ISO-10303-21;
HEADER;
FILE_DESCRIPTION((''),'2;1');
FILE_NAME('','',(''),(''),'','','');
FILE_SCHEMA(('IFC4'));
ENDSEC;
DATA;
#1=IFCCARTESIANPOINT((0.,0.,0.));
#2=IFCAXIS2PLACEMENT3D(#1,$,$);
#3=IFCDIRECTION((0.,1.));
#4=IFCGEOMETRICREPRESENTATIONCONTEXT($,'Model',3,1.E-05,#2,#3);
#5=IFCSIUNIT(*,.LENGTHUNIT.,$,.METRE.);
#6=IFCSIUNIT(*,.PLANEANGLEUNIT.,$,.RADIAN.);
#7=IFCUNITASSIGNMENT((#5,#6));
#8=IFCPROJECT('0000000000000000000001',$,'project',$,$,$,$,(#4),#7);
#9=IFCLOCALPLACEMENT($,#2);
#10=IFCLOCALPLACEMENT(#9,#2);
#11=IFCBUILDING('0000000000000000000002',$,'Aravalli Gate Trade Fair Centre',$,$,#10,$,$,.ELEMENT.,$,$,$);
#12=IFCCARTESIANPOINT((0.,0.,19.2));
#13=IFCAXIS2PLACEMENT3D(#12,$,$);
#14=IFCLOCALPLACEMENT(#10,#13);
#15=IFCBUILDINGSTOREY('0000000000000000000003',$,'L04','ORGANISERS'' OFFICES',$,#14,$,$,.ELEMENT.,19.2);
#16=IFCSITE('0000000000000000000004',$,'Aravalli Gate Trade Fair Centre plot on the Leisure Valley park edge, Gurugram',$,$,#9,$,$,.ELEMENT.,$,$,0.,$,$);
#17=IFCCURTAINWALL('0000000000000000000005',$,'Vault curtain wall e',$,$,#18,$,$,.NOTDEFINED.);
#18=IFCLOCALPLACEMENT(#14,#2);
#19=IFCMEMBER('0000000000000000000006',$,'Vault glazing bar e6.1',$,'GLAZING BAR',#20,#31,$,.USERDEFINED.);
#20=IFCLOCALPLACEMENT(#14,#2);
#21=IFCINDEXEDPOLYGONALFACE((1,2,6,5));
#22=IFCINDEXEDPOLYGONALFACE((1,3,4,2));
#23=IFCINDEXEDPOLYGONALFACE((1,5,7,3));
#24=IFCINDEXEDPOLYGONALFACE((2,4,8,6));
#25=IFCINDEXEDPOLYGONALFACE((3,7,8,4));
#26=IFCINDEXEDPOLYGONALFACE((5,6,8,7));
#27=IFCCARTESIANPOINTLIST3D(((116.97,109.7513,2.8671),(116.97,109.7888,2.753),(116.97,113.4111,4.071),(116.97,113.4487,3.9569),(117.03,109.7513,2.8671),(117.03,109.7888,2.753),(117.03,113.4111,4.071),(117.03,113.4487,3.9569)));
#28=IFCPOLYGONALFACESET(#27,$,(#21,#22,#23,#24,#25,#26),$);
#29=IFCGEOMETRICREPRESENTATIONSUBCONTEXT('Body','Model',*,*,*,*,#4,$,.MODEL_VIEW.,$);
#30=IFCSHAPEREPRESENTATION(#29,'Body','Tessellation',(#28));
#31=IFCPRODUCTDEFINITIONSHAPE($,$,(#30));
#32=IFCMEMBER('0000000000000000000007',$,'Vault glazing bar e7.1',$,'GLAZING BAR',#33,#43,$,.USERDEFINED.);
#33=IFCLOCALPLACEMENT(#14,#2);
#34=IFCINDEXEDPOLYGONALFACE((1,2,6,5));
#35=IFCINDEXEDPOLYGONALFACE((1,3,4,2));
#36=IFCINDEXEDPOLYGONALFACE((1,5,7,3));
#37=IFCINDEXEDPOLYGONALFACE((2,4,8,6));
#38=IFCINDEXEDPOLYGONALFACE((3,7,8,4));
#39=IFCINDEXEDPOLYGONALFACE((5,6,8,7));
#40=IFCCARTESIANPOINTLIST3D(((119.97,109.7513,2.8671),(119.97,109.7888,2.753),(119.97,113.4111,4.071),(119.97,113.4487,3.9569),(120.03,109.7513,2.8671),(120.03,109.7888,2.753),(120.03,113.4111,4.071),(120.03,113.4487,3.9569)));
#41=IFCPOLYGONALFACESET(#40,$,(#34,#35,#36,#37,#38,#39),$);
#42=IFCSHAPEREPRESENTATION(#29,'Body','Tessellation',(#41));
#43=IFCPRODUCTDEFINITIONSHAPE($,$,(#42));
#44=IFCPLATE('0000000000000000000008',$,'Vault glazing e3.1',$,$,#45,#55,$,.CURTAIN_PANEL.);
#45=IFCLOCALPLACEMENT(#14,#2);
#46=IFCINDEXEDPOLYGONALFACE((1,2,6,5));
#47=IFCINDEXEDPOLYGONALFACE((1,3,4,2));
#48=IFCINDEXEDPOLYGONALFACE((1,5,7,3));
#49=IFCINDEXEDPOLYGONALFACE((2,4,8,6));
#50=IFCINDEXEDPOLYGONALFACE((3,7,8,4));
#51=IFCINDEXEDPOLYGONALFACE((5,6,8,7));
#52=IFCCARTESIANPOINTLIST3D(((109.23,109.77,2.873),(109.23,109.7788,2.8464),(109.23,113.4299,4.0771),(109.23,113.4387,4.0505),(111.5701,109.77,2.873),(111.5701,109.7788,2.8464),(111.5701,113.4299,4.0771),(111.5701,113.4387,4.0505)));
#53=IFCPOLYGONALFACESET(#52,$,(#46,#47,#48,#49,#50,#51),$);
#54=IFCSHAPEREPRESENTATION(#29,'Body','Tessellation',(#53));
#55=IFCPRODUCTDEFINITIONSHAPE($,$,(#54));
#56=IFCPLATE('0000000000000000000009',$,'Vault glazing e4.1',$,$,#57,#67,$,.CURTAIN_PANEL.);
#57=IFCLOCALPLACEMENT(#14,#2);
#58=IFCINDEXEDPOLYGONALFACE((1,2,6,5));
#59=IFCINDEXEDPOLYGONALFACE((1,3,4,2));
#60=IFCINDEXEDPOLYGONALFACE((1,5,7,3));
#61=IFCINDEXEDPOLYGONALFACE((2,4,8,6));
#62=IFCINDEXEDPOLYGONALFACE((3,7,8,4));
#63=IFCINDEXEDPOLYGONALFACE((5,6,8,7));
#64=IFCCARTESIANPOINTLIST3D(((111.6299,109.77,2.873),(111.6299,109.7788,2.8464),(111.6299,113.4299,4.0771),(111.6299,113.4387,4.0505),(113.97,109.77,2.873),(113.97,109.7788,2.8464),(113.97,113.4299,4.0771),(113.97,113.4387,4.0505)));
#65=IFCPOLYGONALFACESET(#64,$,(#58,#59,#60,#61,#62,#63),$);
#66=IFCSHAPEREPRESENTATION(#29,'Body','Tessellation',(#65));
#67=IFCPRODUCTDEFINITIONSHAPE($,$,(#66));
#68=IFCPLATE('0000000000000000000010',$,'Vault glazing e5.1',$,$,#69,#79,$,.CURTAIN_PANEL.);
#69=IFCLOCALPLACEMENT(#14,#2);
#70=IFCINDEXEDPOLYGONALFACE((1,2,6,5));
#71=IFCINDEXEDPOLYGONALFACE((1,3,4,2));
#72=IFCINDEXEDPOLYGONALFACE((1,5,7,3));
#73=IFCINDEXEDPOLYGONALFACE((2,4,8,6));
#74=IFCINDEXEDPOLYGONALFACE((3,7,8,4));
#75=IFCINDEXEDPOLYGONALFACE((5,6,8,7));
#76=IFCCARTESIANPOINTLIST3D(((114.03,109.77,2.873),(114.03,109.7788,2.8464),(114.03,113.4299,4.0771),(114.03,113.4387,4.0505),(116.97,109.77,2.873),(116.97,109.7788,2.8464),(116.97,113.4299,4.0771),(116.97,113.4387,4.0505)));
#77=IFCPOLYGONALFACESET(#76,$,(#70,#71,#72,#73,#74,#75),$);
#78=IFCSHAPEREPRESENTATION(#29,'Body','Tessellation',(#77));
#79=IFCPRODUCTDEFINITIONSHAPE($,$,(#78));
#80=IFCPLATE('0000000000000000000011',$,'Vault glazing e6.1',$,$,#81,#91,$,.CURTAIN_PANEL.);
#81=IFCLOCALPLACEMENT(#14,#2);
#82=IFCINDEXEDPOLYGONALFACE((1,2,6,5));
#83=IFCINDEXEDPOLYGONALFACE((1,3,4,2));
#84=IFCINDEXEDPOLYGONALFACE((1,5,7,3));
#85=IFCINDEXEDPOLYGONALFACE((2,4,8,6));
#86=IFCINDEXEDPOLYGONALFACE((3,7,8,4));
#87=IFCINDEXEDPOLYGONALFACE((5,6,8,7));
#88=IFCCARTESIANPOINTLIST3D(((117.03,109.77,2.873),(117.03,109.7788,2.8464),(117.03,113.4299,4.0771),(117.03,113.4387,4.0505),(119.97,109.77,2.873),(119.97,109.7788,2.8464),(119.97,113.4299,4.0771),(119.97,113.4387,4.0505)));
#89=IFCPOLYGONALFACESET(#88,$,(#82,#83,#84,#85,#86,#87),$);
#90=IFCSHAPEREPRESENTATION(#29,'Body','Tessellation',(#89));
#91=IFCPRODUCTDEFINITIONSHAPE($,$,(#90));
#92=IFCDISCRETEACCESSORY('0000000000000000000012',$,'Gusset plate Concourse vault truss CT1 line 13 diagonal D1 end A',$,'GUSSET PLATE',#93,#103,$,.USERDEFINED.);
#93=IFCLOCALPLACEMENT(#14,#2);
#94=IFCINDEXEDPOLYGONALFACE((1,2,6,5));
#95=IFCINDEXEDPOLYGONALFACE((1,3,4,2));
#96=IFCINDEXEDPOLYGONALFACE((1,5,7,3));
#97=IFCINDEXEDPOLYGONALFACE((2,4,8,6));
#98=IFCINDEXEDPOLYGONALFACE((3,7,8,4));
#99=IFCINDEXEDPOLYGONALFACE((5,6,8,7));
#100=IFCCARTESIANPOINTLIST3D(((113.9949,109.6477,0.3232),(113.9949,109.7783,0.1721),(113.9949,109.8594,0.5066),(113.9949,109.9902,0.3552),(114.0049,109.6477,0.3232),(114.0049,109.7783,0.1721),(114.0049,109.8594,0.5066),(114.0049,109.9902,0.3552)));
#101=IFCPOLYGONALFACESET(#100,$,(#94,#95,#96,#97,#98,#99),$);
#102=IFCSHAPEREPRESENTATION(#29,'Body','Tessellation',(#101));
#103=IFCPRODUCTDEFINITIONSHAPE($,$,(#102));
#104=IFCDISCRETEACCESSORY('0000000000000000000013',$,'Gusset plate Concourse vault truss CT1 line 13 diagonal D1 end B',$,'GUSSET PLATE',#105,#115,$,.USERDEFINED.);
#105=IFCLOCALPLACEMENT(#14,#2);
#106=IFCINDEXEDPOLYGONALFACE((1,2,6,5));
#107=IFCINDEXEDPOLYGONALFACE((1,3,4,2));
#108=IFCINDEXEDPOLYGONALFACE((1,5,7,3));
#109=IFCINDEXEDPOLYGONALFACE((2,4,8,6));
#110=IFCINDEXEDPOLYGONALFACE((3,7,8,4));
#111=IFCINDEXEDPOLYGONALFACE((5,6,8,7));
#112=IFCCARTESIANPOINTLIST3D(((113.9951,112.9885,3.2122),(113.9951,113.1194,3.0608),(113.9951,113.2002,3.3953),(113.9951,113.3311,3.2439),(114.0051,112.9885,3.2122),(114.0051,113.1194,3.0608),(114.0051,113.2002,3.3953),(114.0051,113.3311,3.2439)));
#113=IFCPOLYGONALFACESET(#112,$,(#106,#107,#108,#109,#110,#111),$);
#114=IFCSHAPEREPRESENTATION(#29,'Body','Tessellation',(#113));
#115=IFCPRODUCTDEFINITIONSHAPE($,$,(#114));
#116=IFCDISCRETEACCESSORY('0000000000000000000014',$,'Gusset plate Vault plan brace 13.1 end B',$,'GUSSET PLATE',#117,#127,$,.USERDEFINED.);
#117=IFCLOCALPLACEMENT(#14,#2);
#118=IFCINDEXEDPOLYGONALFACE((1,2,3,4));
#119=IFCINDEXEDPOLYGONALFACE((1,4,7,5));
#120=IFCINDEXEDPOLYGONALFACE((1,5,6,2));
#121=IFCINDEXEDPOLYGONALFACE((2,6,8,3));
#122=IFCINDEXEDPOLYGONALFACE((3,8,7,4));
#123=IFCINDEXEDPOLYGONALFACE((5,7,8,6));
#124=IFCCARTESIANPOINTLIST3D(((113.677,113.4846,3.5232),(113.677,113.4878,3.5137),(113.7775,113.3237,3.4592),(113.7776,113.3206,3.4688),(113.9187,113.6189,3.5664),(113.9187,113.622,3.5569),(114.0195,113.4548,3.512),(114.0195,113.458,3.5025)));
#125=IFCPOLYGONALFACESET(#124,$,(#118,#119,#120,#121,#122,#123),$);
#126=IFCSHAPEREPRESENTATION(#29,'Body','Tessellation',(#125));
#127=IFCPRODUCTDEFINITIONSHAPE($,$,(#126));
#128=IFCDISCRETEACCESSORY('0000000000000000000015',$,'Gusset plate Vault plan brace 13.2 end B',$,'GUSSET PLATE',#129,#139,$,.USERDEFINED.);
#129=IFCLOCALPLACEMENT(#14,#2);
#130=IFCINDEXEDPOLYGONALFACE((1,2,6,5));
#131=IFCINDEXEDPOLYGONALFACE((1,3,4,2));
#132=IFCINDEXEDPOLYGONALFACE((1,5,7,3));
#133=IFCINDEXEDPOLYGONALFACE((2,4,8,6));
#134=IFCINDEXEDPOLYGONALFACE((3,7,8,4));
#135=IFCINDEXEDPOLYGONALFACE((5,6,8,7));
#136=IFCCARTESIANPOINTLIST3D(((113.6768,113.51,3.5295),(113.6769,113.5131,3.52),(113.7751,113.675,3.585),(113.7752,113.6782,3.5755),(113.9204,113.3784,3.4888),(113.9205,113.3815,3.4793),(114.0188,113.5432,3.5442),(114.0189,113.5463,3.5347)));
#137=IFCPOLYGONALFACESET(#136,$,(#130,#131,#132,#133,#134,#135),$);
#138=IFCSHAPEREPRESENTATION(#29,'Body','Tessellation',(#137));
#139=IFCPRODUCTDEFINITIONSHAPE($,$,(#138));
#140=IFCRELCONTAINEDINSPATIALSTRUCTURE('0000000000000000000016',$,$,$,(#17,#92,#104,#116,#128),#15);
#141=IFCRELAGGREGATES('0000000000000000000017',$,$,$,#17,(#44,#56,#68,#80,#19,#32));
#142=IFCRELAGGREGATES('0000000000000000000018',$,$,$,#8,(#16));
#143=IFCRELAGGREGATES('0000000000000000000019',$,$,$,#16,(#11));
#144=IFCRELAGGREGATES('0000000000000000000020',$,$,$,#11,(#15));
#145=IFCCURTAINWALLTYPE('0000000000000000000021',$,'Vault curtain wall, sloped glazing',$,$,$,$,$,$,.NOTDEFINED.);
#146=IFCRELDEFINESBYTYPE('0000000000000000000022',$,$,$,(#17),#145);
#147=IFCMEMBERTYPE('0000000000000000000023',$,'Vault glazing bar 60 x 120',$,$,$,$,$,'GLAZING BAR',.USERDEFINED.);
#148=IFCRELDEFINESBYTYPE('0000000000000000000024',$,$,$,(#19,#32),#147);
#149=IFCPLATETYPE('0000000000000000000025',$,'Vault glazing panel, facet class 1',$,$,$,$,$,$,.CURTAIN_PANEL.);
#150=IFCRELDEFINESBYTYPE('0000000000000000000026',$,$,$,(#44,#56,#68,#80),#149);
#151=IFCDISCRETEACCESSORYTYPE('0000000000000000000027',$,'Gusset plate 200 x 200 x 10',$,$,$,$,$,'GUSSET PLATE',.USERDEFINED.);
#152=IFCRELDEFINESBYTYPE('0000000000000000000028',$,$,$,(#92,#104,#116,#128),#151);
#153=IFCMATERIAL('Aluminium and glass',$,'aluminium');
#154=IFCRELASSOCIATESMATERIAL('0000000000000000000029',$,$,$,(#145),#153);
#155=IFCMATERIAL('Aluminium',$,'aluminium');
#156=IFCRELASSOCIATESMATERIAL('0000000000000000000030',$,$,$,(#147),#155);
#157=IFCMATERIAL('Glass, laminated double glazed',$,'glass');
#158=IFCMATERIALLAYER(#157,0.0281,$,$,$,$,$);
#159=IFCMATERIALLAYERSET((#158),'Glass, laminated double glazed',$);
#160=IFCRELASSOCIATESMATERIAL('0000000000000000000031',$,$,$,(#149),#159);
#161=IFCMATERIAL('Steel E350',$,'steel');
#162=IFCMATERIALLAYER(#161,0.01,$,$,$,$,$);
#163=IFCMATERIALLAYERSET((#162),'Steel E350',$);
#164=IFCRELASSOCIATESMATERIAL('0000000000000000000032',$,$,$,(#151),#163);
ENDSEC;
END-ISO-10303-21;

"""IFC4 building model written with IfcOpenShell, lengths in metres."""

from ifc_helpers import new_model, si_unit, direction, frame, origin, origin_2d, place, context, subcontext, project, spatial, polyline, rectangle, outline, extrude, material, layer, layer_set, material_profile, profile_set, type_object, element, aggregate, save


model = new_model("IFC4")

# Units and contexts
model_context = context("Model", 3, precision=1e-05, world=origin(), true_north=direction((0.0, 1.0)))
body_context = subcontext(model_context, "Body", "Model", "MODEL_VIEW")
ifc_project = project(units=[si_unit("LENGTHUNIT", "METRE"), si_unit("PLANEANGLEUNIT", "RADIAN")], contexts=[model_context])

# Site, building, storey
site_placement = place(None, origin())
site = spatial("IfcSite", under=ifc_project, at=site_placement, Name="Aravalli Gate Trade Fair Centre plot on the Leisure Valley park edge, Gurugram", CompositionType="ELEMENT", RefElevation=0.0)
building_placement = place(site_placement, origin())
building = spatial("IfcBuilding", under=site, at=building_placement, Name="Aravalli Gate Trade Fair Centre", CompositionType="ELEMENT")
storey_placement = place(building_placement, frame((0.0, 0.0, 19.2)))
storey = spatial("IfcBuildingStorey", under=building, at=storey_placement, Name="L04", Description="ORGANISERS' OFFICES", CompositionType="ELEMENT", Elevation=19.2)

# Shared definitions
ifc_material_1 = material(Name="Steel E350", Category="steel")
ifc_material_2 = material(Name="Aluminium", Category="aluminium")

# Curtain wall, members, plates
ifc_material_3 = material(Name="Aluminium and glass", Category="aluminium")
curtain_wall_type = type_object("IfcCurtainWallType", Name="Vault curtain wall, sloped glazing", PredefinedType="NOTDEFINED", material=ifc_material_3)
curtain_wall_placement = place(storey_placement, origin())
curtain_wall = element("IfcCurtainWall", 1, at=curtain_wall_placement, inside=storey, type_object=curtain_wall_type, Name="Vault curtain wall e", PredefinedType="NOTDEFINED")
ifc_material_profile_1 = material_profile(ifc_material_2, rectangle(XDim=0.0601, YDim=0.1201, at=origin_2d()), Name="Vault glazing bar 60 x 120")
ifc_profile_set_1 = profile_set([ifc_material_profile_1], Name="Aluminium")
member_type_1 = type_object("IfcMemberType", Name="Vault glazing bar 60 x 120", ElementType="GLAZING BAR", PredefinedType="USERDEFINED", material=ifc_profile_set_1)
member_1_placement = place(storey_placement, frame((117.0, 109.77, 2.8101), z_axis=(0.0, 0.94993, 0.312461), x_axis=(-1.0, 0.0, 0.0)))
member_1 = element("IfcMember", 2, at=member_1_placement, type_object=member_type_1, Name="Vault glazing bar e6.1", ObjectType="GLAZING BAR", PredefinedType="USERDEFINED", context=body_context, shape_type="SweptSolid", body=[
    extrude(rectangle(XDim=0.0601, YDim=0.1201, at=origin_2d()), origin(), (0.0, 0.0, 1.0), 3.8528),
])
member_2_placement = place(storey_placement, frame((120.0, 109.77, 2.8101), z_axis=(0.0, 0.94993, 0.312461), x_axis=(-1.0, 0.0, 0.0)))
member_2 = element("IfcMember", 3, at=member_2_placement, type_object=member_type_1, Name="Vault glazing bar e7.1", ObjectType="GLAZING BAR", PredefinedType="USERDEFINED", context=body_context, shape_type="SweptSolid", body=[
    extrude(rectangle(XDim=0.0601, YDim=0.1201, at=origin_2d()), origin(), (0.0, 0.0, 1.0), 3.8528),
])
ifc_material_4 = material(Name="Glass, laminated double glazed", Category="glass")
ifc_layer_1 = layer(ifc_material_4, 0.0281)
ifc_layer_set_1 = layer_set([ifc_layer_1], Name="Glass, laminated double glazed")
plate_type = type_object("IfcPlateType", Name="Vault glazing panel, facet class 1", PredefinedType="CURTAIN_PANEL", material=ifc_layer_set_1)
plate_1_placement = place(storey_placement, frame((109.23, 109.77, 2.873), z_axis=(0.0, -0.312518, 0.949912), x_axis=(1.0, 0.0, 0.0)))
plate_1 = element("IfcPlate", 4, at=plate_1_placement, type_object=plate_type, Name="Vault glazing e3.1", PredefinedType="CURTAIN_PANEL", context=body_context, shape_type="SweptSolid", body=[
    extrude(outline(polyline([(0.0, 0.0), (2.3401, 0.0), (2.3401, 3.8529), (0.0, 3.8529), (0.0, 0.0)])), origin(), (0.0, 0.0, -1.0), 0.0281),
])
plate_2_placement = place(storey_placement, frame((111.6299, 109.77, 2.873), z_axis=(0.0, -0.312518, 0.949912), x_axis=(1.0, 0.0, 0.0)))
plate_2 = element("IfcPlate", 5, at=plate_2_placement, type_object=plate_type, Name="Vault glazing e4.1", PredefinedType="CURTAIN_PANEL", context=body_context, shape_type="SweptSolid", body=[
    extrude(outline(polyline([(0.0, 0.0), (2.3401, 0.0), (2.3401, 3.8529), (0.0, 3.8529), (0.0, 0.0)])), origin(), (0.0, 0.0, -1.0), 0.0281),
])
plate_3_placement = place(storey_placement, frame((114.03, 109.77, 2.873), z_axis=(0.0, -0.312518, 0.949912), x_axis=(1.0, 0.0, 0.0)))
plate_3 = element("IfcPlate", 6, at=plate_3_placement, type_object=plate_type, Name="Vault glazing e5.1", PredefinedType="CURTAIN_PANEL", context=body_context, shape_type="SweptSolid", body=[
    extrude(outline(polyline([(0.0, 0.0), (2.9399, 0.0), (2.9399, 3.8529), (0.0, 3.8529), (0.0, 0.0)])), origin(), (0.0, 0.0, -1.0), 0.0281),
])
plate_4_placement = place(storey_placement, frame((117.03, 109.77, 2.873), z_axis=(0.0, -0.312518, 0.949912), x_axis=(1.0, 0.0, 0.0)))
plate_4 = element("IfcPlate", 7, at=plate_4_placement, type_object=plate_type, Name="Vault glazing e6.1", PredefinedType="CURTAIN_PANEL", context=body_context, shape_type="SweptSolid", body=[
    extrude(outline(polyline([(0.0, 0.0), (2.9399, 0.0), (2.9399, 3.8529), (0.0, 3.8529), (0.0, 0.0)])), origin(), (0.0, 0.0, -1.0), 0.0281),
])
aggregate(curtain_wall, [plate_1, plate_2, plate_3, plate_4, member_1, member_2])

# Discrete accessories
ifc_layer_2 = layer(ifc_material_1, 0.01)
ifc_layer_set_2 = layer_set([ifc_layer_2], Name="Steel E350")
discrete_accessory_type = type_object("IfcDiscreteAccessoryType", Name="Gusset plate 200 x 200 x 10", ElementType="GUSSET PLATE", PredefinedType="USERDEFINED", material=ifc_layer_set_2)
discrete_accessory_1_placement = place(storey_placement, frame((114.0049, 109.8594, 0.5066), z_axis=(1.0, 0.0, 0.0), x_axis=(0.0, -0.755862, -0.654731)))
element("IfcDiscreteAccessory", 8, at=discrete_accessory_1_placement, inside=storey, type_object=discrete_accessory_type, Name="Gusset plate Concourse vault truss CT1 line 13 diagonal D1 end A", ObjectType="GUSSET PLATE", PredefinedType="USERDEFINED", context=body_context, shape_type="SweptSolid", body=[
    extrude(outline(polyline([(0.0, 0.0), (0.28, 0.0), (0.2803, 0.1997), (0.0002, 0.2001), (0.0, 0.0)])), origin(), (0.0, 0.0, -1.0), 0.01),
])
discrete_accessory_2_placement = place(storey_placement, frame((113.9951, 112.9885, 3.2122), z_axis=(-1.0, 0.0, 0.0), x_axis=(0.0, 0.756293, 0.654233)))
element("IfcDiscreteAccessory", 9, at=discrete_accessory_2_placement, inside=storey, type_object=discrete_accessory_type, Name="Gusset plate Concourse vault truss CT1 line 13 diagonal D1 end B", ObjectType="GUSSET PLATE", PredefinedType="USERDEFINED", context=body_context, shape_type="SweptSolid", body=[
    extrude(outline(polyline([(0.0, 0.0), (0.2799, 0.0), (0.2798, 0.2001), (-0.0001, 0.2001), (0.0, 0.0)])), origin(), (0.0, 0.0, -1.0), 0.01),
])
discrete_accessory_3_placement = place(storey_placement, frame((113.7776, 113.3206, 3.4688), z_axis=(0.003944, -0.312772, 0.94982), x_axis=(0.863894, 0.479457, 0.154296)))
element("IfcDiscreteAccessory", 10, at=discrete_accessory_3_placement, inside=storey, type_object=discrete_accessory_type, Name="Gusset plate Vault plan brace 13.1 end B", ObjectType="GUSSET PLATE", PredefinedType="USERDEFINED", context=body_context, shape_type="SweptSolid", body=[
    extrude(outline(polyline([(0.0, 0.0), (0.2801, 0.0), (0.28, 0.2001), (0.0002, 0.2), (0.0, 0.0)])), origin(), (0.0, 0.0, -1.0), 0.01),
])
discrete_accessory_4_placement = place(storey_placement, frame((113.6768, 113.51, 3.5295), z_axis=(-0.010288, -0.313005, 0.949696), x_axis=(0.87049, -0.470178, -0.145534)))
element("IfcDiscreteAccessory", 11, at=discrete_accessory_4_placement, inside=storey, type_object=discrete_accessory_type, Name="Gusset plate Vault plan brace 13.2 end B", ObjectType="GUSSET PLATE", PredefinedType="USERDEFINED", context=body_context, shape_type="SweptSolid", body=[
    extrude(outline(polyline([(0.0, 0.0), (0.2799, 0.0), (0.28, 0.1998), (0.0, 0.2), (0.0, 0.0)])), origin(), (0.0, 0.0, -1.0), 0.01),
])

save(model, "model.ifc")
